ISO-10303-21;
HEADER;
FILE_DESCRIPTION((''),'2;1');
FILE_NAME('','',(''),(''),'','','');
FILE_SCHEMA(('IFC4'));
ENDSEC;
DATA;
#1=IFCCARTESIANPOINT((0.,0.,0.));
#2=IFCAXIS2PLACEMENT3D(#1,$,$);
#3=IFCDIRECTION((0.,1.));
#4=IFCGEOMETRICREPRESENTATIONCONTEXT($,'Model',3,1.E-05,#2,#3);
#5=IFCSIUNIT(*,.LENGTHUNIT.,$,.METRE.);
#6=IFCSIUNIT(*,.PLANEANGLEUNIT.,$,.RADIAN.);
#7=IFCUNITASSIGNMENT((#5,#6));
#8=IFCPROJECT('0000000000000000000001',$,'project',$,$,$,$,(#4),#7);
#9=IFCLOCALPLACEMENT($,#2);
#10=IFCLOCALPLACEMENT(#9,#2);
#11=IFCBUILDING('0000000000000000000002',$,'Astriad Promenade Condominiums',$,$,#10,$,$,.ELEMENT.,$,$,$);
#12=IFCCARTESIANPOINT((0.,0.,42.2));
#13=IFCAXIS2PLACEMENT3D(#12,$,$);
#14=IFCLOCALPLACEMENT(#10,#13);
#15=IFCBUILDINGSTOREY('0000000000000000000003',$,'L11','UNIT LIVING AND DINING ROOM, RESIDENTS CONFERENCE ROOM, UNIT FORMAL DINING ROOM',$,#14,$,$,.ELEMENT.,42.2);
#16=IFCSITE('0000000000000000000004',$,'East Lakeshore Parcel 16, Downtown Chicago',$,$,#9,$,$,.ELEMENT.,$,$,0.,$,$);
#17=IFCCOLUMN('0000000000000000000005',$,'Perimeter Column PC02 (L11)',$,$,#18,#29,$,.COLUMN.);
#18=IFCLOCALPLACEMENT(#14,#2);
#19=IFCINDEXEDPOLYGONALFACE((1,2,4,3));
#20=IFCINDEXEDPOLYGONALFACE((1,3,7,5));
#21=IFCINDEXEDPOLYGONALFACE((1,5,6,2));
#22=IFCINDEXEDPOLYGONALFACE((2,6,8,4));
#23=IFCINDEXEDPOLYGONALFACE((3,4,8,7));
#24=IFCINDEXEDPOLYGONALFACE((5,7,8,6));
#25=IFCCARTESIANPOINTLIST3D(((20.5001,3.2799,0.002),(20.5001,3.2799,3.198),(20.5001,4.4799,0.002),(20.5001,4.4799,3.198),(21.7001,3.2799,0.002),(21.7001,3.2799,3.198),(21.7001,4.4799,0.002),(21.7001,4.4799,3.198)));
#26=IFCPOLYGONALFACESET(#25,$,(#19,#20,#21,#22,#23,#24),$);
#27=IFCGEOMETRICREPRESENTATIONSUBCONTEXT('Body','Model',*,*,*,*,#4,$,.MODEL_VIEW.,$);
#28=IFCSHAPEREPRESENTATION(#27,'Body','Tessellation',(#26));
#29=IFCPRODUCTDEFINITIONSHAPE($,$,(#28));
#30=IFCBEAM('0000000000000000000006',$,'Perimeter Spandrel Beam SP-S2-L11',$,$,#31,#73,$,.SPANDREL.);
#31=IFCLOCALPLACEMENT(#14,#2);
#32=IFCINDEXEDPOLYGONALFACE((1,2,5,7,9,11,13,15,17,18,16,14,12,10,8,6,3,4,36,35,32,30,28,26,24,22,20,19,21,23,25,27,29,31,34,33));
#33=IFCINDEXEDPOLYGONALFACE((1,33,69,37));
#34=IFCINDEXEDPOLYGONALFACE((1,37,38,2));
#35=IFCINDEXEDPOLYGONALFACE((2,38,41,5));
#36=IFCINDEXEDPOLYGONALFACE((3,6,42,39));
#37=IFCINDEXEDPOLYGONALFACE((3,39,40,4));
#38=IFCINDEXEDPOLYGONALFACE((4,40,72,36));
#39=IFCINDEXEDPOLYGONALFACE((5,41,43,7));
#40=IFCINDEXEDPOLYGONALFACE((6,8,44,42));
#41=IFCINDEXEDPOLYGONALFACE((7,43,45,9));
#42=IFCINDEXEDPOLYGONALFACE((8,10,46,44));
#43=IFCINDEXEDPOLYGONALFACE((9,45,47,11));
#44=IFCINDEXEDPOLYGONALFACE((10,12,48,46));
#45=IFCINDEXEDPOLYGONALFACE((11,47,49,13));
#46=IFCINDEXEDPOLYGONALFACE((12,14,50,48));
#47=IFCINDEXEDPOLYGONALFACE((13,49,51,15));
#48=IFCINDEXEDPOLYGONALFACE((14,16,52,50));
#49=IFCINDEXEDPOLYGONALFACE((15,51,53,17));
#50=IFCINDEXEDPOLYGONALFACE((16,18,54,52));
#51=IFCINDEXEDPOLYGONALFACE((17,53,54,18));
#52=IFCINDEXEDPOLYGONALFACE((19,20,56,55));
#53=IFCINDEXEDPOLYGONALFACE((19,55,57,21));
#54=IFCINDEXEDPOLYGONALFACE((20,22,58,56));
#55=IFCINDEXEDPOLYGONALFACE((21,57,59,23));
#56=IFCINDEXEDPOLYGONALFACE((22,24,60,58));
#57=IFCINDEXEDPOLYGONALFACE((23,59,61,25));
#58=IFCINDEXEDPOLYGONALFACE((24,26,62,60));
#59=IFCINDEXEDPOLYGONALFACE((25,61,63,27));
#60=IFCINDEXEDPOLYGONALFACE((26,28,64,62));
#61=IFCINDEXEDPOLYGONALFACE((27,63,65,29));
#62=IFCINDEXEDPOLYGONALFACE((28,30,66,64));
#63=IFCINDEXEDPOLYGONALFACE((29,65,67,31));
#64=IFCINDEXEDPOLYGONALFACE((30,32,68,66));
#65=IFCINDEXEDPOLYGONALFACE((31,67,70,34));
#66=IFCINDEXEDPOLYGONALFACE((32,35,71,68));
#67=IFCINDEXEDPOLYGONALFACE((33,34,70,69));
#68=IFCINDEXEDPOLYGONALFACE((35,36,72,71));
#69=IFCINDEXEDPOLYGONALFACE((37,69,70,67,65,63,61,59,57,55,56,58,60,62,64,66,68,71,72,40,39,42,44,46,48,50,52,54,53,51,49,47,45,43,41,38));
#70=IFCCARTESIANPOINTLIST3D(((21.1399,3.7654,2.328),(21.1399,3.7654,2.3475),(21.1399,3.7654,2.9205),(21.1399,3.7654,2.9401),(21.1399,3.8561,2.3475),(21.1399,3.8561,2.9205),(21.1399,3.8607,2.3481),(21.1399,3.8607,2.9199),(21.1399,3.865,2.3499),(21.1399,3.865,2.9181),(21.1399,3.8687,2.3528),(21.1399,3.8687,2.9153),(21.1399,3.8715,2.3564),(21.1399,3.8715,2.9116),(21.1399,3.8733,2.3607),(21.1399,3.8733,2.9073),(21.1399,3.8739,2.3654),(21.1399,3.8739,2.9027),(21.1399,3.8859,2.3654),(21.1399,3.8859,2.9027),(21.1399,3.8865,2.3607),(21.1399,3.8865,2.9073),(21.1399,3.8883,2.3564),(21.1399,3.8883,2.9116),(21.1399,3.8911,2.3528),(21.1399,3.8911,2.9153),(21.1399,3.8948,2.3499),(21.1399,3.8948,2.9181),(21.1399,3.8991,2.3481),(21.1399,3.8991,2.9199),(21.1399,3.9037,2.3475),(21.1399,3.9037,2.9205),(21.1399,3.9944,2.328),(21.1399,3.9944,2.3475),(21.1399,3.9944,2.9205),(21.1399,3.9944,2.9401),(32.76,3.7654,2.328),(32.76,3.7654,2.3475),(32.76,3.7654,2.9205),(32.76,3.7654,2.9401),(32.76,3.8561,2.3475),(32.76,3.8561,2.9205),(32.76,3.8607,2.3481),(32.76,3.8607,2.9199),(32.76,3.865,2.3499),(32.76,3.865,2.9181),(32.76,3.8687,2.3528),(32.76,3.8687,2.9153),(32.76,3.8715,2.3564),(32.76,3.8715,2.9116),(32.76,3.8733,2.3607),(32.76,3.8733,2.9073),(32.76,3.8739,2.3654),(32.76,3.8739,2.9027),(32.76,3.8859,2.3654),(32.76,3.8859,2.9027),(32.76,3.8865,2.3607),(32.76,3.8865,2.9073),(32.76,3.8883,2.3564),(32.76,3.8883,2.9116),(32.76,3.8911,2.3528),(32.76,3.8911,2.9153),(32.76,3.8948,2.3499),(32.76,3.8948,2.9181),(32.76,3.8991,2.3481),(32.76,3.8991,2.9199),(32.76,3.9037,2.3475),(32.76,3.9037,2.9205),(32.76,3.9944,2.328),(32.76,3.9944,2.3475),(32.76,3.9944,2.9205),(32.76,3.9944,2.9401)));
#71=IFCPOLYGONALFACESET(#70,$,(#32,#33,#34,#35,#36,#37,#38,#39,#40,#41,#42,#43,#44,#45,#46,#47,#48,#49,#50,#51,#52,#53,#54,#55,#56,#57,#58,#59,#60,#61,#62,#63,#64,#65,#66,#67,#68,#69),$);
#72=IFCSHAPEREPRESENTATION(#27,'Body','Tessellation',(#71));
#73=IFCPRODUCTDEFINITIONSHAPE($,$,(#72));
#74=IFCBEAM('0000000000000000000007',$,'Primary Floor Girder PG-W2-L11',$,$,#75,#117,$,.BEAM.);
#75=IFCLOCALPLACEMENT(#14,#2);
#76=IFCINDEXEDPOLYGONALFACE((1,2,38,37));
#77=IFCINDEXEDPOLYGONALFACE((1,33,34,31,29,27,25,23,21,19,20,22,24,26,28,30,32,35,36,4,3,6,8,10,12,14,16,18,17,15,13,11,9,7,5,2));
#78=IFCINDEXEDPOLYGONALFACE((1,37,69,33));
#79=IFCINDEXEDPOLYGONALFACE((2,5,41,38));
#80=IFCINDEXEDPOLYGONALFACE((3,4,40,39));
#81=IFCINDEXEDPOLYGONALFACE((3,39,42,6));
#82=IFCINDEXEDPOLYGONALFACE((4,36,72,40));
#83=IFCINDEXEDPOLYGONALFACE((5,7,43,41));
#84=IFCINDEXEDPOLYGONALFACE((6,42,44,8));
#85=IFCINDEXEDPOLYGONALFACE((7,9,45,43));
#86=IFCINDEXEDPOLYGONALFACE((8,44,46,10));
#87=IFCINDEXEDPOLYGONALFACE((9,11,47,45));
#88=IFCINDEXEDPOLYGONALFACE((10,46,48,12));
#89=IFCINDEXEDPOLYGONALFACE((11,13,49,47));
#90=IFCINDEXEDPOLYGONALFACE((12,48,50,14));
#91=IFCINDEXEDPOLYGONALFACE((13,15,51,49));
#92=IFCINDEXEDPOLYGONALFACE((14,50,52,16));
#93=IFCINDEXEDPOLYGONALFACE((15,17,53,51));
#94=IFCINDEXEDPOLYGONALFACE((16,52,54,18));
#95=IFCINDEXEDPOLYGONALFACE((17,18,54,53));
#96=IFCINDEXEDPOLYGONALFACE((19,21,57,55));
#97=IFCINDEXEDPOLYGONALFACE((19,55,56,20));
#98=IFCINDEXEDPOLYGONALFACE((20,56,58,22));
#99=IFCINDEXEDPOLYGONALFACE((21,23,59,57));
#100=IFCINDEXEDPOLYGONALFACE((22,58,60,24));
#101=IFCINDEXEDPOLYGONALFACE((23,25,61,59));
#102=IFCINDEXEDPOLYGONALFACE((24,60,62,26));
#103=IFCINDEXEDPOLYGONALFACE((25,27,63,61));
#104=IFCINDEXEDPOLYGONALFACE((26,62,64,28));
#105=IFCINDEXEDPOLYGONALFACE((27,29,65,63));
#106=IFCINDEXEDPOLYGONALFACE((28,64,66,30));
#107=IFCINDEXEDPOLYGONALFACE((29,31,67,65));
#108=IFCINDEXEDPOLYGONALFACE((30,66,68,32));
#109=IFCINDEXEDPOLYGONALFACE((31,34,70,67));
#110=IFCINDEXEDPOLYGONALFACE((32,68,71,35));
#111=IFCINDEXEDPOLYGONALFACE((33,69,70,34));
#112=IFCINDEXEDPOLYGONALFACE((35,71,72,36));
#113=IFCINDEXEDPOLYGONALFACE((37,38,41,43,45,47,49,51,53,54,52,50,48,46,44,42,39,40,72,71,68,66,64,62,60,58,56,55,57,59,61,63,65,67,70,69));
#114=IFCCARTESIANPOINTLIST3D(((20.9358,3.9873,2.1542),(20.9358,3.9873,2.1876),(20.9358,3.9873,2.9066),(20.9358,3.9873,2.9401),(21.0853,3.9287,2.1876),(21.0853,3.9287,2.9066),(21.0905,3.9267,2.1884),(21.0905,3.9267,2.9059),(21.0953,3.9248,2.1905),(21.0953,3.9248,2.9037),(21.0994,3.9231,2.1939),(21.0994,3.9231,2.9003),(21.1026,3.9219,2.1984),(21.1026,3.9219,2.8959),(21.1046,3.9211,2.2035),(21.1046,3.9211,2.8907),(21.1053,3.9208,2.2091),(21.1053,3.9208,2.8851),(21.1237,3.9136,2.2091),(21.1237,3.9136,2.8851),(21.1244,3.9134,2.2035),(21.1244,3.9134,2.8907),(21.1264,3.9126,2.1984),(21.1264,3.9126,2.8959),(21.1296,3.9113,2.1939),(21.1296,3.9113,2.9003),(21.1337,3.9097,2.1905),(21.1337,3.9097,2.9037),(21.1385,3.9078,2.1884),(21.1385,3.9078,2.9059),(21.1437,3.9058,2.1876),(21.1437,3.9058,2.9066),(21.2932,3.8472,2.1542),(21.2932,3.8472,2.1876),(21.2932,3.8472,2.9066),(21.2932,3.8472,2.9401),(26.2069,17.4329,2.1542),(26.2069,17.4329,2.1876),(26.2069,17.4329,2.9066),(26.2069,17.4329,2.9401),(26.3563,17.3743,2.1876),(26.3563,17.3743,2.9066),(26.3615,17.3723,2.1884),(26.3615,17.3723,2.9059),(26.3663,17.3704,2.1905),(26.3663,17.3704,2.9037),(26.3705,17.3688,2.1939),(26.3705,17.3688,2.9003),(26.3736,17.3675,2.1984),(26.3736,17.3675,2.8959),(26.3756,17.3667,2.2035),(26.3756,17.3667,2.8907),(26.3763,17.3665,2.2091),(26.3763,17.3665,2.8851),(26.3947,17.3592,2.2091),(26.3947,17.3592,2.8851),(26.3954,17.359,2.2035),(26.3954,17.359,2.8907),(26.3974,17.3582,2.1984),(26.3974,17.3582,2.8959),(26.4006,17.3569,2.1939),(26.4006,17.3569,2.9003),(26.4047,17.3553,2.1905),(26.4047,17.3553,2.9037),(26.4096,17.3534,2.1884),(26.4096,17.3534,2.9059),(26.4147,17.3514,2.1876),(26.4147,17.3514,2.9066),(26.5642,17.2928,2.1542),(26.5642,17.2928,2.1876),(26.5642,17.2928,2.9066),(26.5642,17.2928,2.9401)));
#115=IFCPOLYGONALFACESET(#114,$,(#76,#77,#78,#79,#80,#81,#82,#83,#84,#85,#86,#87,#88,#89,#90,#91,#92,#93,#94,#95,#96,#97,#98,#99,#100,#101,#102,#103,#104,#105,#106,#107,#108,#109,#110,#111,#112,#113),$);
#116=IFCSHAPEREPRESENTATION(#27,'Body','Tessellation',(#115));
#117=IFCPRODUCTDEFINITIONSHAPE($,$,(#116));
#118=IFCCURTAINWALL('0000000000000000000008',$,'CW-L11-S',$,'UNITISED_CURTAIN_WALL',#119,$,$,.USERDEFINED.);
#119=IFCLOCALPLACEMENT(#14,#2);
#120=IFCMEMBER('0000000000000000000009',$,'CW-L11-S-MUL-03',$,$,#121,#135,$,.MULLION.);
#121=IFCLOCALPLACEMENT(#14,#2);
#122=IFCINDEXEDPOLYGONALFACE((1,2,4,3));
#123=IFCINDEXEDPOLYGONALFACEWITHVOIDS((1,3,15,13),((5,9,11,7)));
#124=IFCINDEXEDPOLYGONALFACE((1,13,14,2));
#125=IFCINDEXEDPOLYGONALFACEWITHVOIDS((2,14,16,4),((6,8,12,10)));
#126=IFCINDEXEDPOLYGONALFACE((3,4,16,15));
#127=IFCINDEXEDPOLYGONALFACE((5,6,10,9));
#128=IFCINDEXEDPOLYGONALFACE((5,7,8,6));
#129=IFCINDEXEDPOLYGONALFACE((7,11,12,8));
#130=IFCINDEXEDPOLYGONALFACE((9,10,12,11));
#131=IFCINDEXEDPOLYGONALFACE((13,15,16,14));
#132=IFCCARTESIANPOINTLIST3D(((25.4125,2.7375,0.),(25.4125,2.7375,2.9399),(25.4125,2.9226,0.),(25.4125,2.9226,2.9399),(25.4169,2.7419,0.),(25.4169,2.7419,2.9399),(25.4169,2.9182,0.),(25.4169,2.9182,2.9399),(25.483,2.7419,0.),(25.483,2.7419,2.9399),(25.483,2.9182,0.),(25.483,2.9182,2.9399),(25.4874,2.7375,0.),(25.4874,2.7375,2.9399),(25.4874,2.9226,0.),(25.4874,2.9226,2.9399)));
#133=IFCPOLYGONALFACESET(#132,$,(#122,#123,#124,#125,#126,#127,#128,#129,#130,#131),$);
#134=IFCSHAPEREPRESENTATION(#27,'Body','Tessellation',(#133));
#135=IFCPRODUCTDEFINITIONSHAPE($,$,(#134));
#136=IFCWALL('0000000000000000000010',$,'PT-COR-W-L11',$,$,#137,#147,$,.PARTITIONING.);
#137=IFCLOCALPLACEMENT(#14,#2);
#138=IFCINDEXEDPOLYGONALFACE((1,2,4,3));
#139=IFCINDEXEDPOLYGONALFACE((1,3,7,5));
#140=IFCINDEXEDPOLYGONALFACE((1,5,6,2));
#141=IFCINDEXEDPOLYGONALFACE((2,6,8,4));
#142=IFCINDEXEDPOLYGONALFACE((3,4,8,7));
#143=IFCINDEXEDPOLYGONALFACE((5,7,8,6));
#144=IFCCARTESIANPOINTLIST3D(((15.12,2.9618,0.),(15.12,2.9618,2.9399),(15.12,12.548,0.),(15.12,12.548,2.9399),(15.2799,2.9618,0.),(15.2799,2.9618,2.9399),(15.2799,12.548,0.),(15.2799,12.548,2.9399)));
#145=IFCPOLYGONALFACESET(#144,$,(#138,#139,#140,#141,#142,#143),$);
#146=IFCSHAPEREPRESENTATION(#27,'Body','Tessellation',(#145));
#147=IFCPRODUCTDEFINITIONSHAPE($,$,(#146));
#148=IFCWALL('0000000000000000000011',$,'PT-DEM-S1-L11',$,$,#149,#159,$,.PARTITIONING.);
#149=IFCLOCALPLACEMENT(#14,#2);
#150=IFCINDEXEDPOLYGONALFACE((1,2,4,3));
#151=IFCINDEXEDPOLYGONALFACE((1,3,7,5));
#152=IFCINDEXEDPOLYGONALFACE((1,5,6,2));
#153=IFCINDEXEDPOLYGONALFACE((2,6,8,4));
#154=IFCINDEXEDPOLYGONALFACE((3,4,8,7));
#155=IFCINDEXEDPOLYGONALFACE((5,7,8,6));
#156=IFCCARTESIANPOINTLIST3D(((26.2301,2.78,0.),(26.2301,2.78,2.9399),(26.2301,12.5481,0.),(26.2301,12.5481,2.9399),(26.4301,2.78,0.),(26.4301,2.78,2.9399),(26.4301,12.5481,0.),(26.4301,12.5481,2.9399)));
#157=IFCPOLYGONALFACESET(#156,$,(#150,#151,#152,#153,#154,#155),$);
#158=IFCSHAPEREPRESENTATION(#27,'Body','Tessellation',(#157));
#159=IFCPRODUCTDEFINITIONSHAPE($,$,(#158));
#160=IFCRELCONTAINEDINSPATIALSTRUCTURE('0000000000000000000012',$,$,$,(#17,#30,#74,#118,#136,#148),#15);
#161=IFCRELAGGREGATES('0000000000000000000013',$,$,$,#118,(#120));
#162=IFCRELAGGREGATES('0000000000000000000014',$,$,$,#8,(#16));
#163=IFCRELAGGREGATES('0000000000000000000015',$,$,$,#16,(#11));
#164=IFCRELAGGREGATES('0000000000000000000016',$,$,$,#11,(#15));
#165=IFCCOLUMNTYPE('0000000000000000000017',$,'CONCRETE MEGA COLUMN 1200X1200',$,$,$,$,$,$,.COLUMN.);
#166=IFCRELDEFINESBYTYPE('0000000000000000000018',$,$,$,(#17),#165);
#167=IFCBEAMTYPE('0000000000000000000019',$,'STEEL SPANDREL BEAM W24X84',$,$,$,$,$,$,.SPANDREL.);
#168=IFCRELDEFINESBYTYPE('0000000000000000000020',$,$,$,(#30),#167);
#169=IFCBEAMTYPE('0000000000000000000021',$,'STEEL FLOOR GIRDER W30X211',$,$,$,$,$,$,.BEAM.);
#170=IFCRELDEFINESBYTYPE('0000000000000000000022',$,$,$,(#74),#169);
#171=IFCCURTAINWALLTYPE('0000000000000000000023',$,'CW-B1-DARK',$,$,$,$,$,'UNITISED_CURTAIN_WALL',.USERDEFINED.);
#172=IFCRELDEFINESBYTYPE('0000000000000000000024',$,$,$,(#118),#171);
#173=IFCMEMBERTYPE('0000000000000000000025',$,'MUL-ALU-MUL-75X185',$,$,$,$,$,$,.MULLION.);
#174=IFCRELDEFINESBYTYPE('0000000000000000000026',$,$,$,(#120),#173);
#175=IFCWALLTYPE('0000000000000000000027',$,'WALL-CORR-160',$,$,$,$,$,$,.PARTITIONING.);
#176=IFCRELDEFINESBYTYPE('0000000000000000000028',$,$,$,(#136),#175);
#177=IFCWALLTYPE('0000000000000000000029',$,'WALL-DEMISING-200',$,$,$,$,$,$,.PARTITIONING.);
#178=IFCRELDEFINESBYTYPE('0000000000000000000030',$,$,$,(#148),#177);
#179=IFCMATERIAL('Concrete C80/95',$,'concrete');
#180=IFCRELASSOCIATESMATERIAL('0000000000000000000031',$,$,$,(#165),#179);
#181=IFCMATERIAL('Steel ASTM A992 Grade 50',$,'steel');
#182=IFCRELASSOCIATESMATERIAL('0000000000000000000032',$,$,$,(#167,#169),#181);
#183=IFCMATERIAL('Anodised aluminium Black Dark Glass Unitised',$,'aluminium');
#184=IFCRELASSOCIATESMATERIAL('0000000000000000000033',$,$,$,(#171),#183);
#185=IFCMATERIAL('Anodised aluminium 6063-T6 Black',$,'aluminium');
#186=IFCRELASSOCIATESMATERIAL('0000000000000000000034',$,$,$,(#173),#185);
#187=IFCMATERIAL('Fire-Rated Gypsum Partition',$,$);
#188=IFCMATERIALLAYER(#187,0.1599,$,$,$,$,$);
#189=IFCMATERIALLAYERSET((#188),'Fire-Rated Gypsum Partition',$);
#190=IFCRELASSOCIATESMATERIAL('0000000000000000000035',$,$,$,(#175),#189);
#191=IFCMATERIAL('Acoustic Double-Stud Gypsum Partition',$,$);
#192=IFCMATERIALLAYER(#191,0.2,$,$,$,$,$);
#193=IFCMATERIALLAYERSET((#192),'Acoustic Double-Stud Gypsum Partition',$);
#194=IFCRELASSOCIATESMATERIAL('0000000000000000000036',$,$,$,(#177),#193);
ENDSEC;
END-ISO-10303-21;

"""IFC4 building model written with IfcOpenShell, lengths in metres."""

from ifc_helpers import new_model, si_unit, direction, frame, frame_2d, origin, origin_2d, place, context, subcontext, project, spatial, rectangle, hollow_rectangle, i_section, extrude, source, transform, mapped, material, layer, layer_set, material_profile, profile_set, type_object, type_shapes, element, aggregate, save


model = new_model("IFC4")

# Units and contexts
model_context = context("Model", 3, precision=1e-05, world=origin(), true_north=direction((0.0, 1.0)))
body_context = subcontext(model_context, "Body", "Model", "MODEL_VIEW")
ifc_project = project(units=[si_unit("LENGTHUNIT", "METRE"), si_unit("PLANEANGLEUNIT", "RADIAN")], contexts=[model_context])

# Site, building, storey
site_placement = place(None, origin())
site = spatial("IfcSite", under=ifc_project, at=site_placement, Name="East Lakeshore Parcel 16, Downtown Chicago", CompositionType="ELEMENT", RefElevation=0.0)
building_placement = place(site_placement, origin())
building = spatial("IfcBuilding", under=site, at=building_placement, Name="Astriad Promenade Condominiums", CompositionType="ELEMENT")
storey_placement = place(building_placement, frame((0.0, 0.0, 42.2)))
storey = spatial("IfcBuildingStorey", under=building, at=storey_placement, Name="L11", Description="UNIT LIVING AND DINING ROOM, RESIDENTS CONFERENCE ROOM, UNIT FORMAL DINING ROOM", CompositionType="ELEMENT", Elevation=42.2)

# Column
ifc_material_1 = material(Name="Concrete C80/95", Category="concrete")
ifc_material_profile_1 = material_profile(ifc_material_1, rectangle(XDim=1.2, YDim=1.2, at=origin_2d()), Name="RC-COL-1200X1200")
ifc_profile_set_1 = profile_set([ifc_material_profile_1], Name="Concrete C80/95")
column_type = type_object("IfcColumnType", Name="CONCRETE MEGA COLUMN 1200X1200", PredefinedType="COLUMN", material=ifc_profile_set_1)
shared_shape_1 = source(origin(), body_context, "Body", "SweptSolid", [
    extrude(rectangle(XDim=1.2, YDim=1.2, at=origin_2d()), origin(), (0.0, 0.0, 1.0), 3.196),
])
type_shapes(column_type, [shared_shape_1])
column_placement = place(storey_placement, frame((21.1001, 3.8799, 0.002), z_axis=(0.0, 0.0, 1.0), x_axis=(1.0, 0.0, 0.0)))
element("IfcColumn", 1, at=column_placement, inside=storey, type_object=column_type, Name="Perimeter Column PC02 (L11)", PredefinedType="COLUMN", context=body_context, shape_type="MappedRepresentation", body=[
    mapped(shared_shape_1, transform((0.0, 0.0, 0.0), scale=1.0)),
])

# Beams
ifc_material_2 = material(Name="Steel ASTM A992 Grade 50", Category="steel")
ifc_material_profile_2 = material_profile(ifc_material_2, i_section(OverallWidth=0.229, OverallDepth=0.6121, WebThickness=0.012, FlangeThickness=0.0195, FilletRadius=0.0178, at=origin_2d()), Name="W24X84")
ifc_profile_set_2 = profile_set([ifc_material_profile_2], Name="Steel ASTM A992 Grade 50")
beam_type_1 = type_object("IfcBeamType", Name="STEEL SPANDREL BEAM W24X84", PredefinedType="SPANDREL", material=ifc_profile_set_2)
shared_shape_2 = source(origin(), body_context, "Body", "SweptSolid", [
    extrude(i_section(OverallWidth=0.229, OverallDepth=0.6121, WebThickness=0.012, FlangeThickness=0.0195, FilletRadius=0.0178, at=origin_2d()), origin(), (0.0, 0.0, 1.0), 11.6201),
])
type_shapes(beam_type_1, [shared_shape_2])
beam_1_placement = place(storey_placement, frame((21.1399, 3.8799, 2.634), z_axis=(1.0, 0.0, 0.0), x_axis=(0.0, 1.0, 0.0)))
element("IfcBeam", 2, at=beam_1_placement, inside=storey, type_object=beam_type_1, Name="Perimeter Spandrel Beam SP-S2-L11", PredefinedType="SPANDREL", context=body_context, shape_type="MappedRepresentation", body=[
    mapped(shared_shape_2, transform((0.0, 0.0, 0.0), scale=1.0)),
])
ifc_material_profile_3 = material_profile(ifc_material_2, i_section(OverallWidth=0.3838, OverallDepth=0.7859, WebThickness=0.0198, FlangeThickness=0.0334, FilletRadius=0.0215, at=origin_2d()), Name="W30X211")
ifc_profile_set_3 = profile_set([ifc_material_profile_3], Name="Steel ASTM A992 Grade 50")
beam_type_2 = type_object("IfcBeamType", Name="STEEL FLOOR GIRDER W30X211", PredefinedType="BEAM", material=ifc_profile_set_3)
shared_shape_3 = source(origin(), body_context, "Body", "SweptSolid", [
    extrude(i_section(OverallWidth=0.3838, OverallDepth=0.7859, WebThickness=0.0198, FlangeThickness=0.0334, FilletRadius=0.0215, at=origin_2d()), origin(), (0.0, 0.0, 1.0), 14.4419),
])
type_shapes(beam_type_2, [shared_shape_3])
beam_2_placement = place(storey_placement, frame((21.1145, 3.9172, 2.5471), z_axis=(0.364981, 0.931015, 0.0), x_axis=(-0.931015, 0.364981, 0.0)))
element("IfcBeam", 3, at=beam_2_placement, inside=storey, type_object=beam_type_2, Name="Primary Floor Girder PG-W2-L11", PredefinedType="BEAM", context=body_context, shape_type="MappedRepresentation", body=[
    mapped(shared_shape_3, transform((0.0, 0.0, 0.0), scale=1.0)),
])

# Curtain wall, member
ifc_material_3 = material(Name="Anodised aluminium Black Dark Glass Unitised", Category="aluminium")
curtain_wall_type = type_object("IfcCurtainWallType", Name="CW-B1-DARK", ElementType="UNITISED_CURTAIN_WALL", PredefinedType="USERDEFINED", material=ifc_material_3)
curtain_wall_placement = place(storey_placement, origin())
curtain_wall = element("IfcCurtainWall", 4, at=curtain_wall_placement, inside=storey, type_object=curtain_wall_type, Name="CW-L11-S", ObjectType="UNITISED_CURTAIN_WALL", PredefinedType="USERDEFINED")
ifc_material_4 = material(Name="Anodised aluminium 6063-T6 Black", Category="aluminium")
ifc_material_profile_4 = material_profile(ifc_material_4, hollow_rectangle(XDim=0.075, YDim=0.1851, WallThickness=0.0044, at=origin_2d()), Name="ALU-MUL-75X185")
ifc_profile_set_4 = profile_set([ifc_material_profile_4], Name="Anodised aluminium 6063-T6 Black")
member_type = type_object("IfcMemberType", Name="MUL-ALU-MUL-75X185", PredefinedType="MULLION", material=ifc_profile_set_4)
shared_shape_4 = source(origin(), body_context, "Body", "SweptSolid", [
    extrude(hollow_rectangle(XDim=0.075, YDim=0.1851, WallThickness=0.0044, at=origin_2d()), origin(), (0.0, 0.0, 1.0), 2.9399),
])
type_shapes(member_type, [shared_shape_4])
member_placement = place(storey_placement, frame((25.45, 2.8301, 0.0), z_axis=(0.0, 0.0, 1.0), x_axis=(1.0, 0.0, 0.0)))
member = element("IfcMember", 5, at=member_placement, type_object=member_type, Name="CW-L11-S-MUL-03", PredefinedType="MULLION", context=body_context, shape_type="MappedRepresentation", body=[
    mapped(shared_shape_4, transform((0.0, 0.0, 0.0), scale=1.0)),
])
aggregate(curtain_wall, [member])

# Walls
ifc_material_5 = material(Name="Fire-Rated Gypsum Partition")
ifc_layer_1 = layer(ifc_material_5, 0.1599)
ifc_layer_set_1 = layer_set([ifc_layer_1], Name="Fire-Rated Gypsum Partition")
wall_type_1 = type_object("IfcWallType", Name="WALL-CORR-160", PredefinedType="PARTITIONING", material=ifc_layer_set_1)
wall_1_placement = place(storey_placement, frame((15.2, 2.9619, 0.0), z_axis=(0.0, 0.0, 1.0), x_axis=(0.0, 1.0, 0.0)))
element("IfcWall", 6, at=wall_1_placement, inside=storey, type_object=wall_type_1, Name="PT-COR-W-L11", PredefinedType="PARTITIONING", context=body_context, shape_type="SweptSolid", body=[
    extrude(rectangle(XDim=9.5862, YDim=0.1599, at=frame_2d((4.793, 0.0))), origin(), (0.0, 0.0, 1.0), 2.9399),
])
ifc_material_6 = material(Name="Acoustic Double-Stud Gypsum Partition")
ifc_layer_2 = layer(ifc_material_6, 0.2)
ifc_layer_set_2 = layer_set([ifc_layer_2], Name="Acoustic Double-Stud Gypsum Partition")
wall_type_2 = type_object("IfcWallType", Name="WALL-DEMISING-200", PredefinedType="PARTITIONING", material=ifc_layer_set_2)
wall_2_placement = place(storey_placement, frame((26.3301, 2.78, 0.0), z_axis=(0.0, 0.0, 1.0), x_axis=(0.0, 1.0, 0.0)))
element("IfcWall", 7, at=wall_2_placement, inside=storey, type_object=wall_type_2, Name="PT-DEM-S1-L11", PredefinedType="PARTITIONING", context=body_context, shape_type="SweptSolid", body=[
    extrude(rectangle(XDim=9.7681, YDim=0.2, at=frame_2d((4.884, 0.0))), origin(), (0.0, 0.0, 1.0), 2.9399),
])

save(model, "model.ifc")
